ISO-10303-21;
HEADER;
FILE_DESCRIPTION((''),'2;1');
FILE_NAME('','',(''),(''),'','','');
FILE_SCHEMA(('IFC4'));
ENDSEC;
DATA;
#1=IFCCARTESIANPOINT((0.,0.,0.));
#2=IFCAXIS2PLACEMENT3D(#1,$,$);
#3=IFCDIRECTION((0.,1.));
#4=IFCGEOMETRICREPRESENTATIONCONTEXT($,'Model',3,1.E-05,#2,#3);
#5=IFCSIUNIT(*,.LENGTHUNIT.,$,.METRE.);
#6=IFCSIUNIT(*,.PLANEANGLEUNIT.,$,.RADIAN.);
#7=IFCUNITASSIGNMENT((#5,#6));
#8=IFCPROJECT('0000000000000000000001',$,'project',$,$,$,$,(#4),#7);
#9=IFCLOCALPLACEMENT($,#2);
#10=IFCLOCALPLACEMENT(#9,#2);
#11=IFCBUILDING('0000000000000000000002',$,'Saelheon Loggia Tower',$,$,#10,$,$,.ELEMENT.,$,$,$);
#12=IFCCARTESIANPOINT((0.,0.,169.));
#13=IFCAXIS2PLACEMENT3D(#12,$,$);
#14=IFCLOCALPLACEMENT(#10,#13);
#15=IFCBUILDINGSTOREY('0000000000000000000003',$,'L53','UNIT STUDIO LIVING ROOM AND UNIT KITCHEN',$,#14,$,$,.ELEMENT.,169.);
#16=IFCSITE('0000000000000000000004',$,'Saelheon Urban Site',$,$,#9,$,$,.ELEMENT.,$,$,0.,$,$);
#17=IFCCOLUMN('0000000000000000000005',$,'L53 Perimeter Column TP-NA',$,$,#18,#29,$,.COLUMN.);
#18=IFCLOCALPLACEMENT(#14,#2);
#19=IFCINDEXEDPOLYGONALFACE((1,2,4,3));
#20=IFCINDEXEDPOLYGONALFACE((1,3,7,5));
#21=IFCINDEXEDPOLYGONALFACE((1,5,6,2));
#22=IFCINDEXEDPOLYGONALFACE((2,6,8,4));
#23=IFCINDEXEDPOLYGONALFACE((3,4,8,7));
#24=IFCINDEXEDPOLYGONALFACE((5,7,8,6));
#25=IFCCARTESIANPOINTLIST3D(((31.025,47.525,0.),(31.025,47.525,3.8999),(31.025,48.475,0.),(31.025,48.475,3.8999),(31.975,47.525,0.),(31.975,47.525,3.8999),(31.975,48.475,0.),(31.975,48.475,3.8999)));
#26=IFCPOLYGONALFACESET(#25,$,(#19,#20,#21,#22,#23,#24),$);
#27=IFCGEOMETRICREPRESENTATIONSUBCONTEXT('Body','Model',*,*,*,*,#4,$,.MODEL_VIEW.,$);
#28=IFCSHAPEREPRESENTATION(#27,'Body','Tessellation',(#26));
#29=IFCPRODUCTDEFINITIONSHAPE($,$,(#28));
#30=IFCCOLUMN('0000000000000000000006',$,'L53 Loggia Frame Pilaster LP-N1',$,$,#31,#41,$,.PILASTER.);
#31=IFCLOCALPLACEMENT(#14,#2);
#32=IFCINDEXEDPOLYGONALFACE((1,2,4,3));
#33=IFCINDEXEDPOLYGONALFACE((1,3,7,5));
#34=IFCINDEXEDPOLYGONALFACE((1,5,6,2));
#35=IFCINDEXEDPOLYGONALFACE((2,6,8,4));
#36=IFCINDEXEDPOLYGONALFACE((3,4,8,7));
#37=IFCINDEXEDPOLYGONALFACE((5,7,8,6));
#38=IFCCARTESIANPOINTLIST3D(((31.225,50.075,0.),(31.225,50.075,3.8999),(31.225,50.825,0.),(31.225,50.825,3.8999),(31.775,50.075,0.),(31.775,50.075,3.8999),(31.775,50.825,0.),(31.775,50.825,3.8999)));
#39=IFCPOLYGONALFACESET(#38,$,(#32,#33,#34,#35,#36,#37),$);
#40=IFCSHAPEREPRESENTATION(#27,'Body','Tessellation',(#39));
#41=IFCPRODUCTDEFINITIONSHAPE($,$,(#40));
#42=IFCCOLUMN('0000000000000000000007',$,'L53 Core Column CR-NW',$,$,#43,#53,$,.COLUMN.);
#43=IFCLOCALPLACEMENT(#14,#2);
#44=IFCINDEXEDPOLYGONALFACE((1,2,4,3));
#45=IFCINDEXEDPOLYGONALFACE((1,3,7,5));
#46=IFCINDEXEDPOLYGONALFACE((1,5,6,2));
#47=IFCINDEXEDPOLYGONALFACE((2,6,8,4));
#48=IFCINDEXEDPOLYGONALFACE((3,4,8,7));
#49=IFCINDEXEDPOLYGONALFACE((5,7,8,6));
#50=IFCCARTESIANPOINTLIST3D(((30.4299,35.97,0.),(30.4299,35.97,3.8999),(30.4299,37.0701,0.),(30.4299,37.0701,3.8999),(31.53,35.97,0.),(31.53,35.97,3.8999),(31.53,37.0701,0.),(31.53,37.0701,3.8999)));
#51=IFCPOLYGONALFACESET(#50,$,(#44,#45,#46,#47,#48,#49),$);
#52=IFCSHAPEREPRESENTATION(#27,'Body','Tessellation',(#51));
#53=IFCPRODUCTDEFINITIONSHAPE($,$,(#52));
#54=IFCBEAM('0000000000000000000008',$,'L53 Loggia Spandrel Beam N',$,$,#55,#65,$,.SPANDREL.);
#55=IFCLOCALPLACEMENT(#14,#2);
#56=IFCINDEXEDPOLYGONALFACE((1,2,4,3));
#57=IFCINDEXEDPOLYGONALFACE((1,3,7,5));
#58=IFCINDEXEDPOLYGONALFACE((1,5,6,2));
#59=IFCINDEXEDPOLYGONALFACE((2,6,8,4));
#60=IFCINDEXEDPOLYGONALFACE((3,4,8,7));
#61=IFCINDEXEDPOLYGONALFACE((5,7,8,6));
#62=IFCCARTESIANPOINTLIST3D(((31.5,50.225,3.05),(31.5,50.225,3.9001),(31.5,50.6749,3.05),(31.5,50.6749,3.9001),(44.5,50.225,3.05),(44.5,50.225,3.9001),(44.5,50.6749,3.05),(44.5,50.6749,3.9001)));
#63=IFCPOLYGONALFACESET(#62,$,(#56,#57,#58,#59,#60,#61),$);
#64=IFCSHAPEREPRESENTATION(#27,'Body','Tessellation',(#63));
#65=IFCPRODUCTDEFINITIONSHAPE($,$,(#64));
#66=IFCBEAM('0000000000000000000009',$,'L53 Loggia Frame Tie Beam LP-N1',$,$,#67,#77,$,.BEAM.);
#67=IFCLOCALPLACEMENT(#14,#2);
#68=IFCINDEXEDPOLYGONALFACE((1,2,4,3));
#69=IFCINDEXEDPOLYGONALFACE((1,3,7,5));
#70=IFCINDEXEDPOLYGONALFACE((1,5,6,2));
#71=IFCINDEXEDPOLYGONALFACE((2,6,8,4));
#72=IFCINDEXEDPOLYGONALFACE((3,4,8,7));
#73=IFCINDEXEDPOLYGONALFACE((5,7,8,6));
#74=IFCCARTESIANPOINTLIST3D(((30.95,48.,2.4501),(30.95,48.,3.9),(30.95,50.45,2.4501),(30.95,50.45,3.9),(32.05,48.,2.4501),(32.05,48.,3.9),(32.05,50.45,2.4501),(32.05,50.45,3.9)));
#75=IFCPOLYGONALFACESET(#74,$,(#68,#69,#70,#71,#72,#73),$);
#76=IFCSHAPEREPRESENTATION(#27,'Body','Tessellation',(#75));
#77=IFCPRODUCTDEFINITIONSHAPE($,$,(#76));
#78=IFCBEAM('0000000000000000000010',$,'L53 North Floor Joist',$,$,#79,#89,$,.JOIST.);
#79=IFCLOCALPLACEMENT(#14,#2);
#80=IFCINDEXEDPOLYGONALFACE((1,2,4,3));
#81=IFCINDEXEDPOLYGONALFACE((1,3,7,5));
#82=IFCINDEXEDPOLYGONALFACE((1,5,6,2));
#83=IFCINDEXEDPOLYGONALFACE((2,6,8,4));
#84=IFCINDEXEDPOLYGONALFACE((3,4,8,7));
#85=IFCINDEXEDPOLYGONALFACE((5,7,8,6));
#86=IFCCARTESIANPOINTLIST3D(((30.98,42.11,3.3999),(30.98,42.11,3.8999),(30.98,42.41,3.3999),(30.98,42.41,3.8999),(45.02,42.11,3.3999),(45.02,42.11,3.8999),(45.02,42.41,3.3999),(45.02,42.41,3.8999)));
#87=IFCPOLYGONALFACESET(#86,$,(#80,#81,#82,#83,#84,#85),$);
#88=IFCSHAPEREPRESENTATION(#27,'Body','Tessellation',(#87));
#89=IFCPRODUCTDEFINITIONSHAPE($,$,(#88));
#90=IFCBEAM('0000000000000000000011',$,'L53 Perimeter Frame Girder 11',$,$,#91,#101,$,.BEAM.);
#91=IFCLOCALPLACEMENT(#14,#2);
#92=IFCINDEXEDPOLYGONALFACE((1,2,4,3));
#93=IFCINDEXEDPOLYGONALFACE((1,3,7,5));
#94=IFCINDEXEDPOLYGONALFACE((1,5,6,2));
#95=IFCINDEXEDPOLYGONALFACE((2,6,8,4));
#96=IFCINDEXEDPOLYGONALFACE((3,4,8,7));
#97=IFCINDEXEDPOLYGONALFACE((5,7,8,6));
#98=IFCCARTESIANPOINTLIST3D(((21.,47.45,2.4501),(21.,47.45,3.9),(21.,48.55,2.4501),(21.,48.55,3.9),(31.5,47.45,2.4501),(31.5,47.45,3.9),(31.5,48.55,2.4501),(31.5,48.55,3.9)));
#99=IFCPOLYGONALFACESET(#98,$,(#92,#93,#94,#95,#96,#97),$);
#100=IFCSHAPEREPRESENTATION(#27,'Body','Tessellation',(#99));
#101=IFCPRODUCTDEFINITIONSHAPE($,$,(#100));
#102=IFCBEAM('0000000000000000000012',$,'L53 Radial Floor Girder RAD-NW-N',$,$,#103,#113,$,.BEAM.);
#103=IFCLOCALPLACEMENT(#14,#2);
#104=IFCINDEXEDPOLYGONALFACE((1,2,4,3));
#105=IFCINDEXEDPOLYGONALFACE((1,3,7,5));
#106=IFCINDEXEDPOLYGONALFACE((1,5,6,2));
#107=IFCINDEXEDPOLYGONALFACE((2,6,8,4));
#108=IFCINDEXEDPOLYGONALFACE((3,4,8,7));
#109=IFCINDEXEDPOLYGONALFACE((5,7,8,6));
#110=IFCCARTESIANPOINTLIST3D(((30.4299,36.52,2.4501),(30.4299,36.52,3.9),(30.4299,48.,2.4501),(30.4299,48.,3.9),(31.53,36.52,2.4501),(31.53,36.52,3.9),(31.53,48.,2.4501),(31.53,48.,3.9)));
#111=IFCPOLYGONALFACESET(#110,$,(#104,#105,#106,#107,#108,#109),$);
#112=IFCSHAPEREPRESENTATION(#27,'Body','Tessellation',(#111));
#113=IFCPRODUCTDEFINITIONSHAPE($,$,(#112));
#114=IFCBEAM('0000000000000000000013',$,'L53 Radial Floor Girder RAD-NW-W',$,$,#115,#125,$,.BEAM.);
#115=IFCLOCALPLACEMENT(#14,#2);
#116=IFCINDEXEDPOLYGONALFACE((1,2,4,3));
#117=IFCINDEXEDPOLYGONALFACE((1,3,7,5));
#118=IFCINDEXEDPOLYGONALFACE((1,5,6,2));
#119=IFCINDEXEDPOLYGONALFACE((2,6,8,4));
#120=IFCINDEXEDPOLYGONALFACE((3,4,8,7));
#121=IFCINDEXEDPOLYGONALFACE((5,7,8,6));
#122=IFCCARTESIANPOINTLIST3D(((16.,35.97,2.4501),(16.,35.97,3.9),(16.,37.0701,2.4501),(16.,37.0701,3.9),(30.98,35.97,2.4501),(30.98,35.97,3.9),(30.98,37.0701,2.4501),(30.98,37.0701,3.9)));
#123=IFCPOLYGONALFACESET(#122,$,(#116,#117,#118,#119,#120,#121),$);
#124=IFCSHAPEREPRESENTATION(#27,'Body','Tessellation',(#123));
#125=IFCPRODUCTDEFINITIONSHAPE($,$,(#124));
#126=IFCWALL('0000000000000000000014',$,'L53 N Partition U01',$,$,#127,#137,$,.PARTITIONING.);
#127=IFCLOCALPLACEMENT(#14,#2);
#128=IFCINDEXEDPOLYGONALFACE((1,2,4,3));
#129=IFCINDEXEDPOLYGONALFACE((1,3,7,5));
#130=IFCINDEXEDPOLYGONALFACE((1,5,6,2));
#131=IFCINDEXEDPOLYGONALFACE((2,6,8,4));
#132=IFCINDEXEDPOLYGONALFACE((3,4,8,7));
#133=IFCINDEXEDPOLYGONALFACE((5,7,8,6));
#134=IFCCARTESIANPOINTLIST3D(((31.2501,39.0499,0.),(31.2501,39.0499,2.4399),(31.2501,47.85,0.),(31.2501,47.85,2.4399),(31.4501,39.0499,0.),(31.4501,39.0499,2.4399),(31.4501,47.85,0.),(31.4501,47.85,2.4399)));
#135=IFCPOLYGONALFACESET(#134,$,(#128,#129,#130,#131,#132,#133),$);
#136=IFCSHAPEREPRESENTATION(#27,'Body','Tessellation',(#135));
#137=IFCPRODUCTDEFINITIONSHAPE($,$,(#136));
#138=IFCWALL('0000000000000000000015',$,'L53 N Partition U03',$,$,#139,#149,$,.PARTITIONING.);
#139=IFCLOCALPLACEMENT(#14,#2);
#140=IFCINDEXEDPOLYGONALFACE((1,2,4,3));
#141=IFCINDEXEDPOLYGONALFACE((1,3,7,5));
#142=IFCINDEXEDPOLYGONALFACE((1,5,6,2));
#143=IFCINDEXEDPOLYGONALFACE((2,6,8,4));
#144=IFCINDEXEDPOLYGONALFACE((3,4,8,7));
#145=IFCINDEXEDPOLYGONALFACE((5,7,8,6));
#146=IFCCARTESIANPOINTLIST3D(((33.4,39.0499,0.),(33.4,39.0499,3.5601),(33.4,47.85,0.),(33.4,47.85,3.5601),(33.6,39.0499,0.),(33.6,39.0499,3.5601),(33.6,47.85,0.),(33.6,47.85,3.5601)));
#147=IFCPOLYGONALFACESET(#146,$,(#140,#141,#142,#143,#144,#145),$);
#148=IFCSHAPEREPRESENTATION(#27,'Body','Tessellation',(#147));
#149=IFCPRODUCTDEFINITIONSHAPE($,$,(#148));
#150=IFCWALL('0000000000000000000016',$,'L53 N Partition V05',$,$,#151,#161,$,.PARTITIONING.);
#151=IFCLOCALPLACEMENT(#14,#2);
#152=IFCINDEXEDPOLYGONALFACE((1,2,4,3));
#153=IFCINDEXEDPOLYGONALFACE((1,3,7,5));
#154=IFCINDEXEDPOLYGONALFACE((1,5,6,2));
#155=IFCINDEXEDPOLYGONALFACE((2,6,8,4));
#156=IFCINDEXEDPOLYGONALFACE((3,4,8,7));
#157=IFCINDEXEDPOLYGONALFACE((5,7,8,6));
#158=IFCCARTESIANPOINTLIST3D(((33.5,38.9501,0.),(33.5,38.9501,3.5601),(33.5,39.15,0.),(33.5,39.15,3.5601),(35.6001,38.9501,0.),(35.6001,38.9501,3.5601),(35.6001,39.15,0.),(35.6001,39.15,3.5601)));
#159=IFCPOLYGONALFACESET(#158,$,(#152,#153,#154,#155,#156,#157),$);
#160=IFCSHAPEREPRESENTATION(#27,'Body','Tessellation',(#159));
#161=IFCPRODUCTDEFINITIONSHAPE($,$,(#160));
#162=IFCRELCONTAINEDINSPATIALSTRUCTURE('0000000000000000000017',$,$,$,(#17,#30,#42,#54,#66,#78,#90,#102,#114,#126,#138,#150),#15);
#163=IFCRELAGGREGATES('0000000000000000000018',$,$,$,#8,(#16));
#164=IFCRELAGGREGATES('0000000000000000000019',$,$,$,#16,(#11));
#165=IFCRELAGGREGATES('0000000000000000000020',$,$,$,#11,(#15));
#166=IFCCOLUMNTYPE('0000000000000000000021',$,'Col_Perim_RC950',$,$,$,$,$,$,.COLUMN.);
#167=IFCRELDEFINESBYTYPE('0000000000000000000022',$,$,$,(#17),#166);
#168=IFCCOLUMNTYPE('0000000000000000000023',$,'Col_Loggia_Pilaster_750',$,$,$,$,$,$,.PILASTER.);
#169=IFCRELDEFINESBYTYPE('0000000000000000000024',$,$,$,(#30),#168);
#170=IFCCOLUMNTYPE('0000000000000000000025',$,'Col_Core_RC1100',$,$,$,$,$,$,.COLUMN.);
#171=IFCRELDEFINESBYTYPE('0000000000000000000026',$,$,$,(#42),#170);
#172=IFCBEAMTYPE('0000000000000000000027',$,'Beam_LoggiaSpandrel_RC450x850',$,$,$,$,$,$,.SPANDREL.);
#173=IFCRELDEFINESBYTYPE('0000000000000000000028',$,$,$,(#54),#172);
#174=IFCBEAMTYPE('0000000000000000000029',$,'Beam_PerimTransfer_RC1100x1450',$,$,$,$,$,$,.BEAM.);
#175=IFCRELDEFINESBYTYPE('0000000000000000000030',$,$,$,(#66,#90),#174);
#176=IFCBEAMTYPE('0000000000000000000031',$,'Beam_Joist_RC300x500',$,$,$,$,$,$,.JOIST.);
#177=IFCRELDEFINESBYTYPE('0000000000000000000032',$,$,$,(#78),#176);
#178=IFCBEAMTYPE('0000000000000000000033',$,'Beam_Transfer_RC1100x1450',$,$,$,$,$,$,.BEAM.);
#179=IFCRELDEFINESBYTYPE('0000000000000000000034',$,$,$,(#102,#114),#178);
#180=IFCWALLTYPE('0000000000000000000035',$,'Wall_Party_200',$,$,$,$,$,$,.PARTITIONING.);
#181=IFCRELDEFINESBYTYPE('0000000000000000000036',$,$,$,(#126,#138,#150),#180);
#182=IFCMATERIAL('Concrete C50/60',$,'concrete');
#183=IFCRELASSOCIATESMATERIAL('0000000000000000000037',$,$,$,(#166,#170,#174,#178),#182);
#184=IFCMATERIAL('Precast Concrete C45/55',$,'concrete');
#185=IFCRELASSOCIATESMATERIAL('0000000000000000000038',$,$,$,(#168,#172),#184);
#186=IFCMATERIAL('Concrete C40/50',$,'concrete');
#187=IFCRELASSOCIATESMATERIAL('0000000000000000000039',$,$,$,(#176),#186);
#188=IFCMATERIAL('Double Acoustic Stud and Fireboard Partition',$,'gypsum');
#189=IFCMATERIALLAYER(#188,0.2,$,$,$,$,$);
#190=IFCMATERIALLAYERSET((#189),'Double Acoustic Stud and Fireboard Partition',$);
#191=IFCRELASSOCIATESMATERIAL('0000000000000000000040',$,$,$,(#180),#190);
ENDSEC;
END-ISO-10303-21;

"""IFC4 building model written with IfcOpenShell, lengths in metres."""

from ifc_helpers import new_model, si_unit, direction, frame, frame_2d, origin, origin_2d, place, context, subcontext, project, spatial, rectangle, extrude, source, transform, mapped, material, layer, layer_set, material_profile, profile_set, type_object, element, save


model = new_model("IFC4")

# Units and contexts
model_context = context("Model", 3, precision=1e-05, world=origin(), true_north=direction((0.0, 1.0)))
body_context = subcontext(model_context, "Body", "Model", "MODEL_VIEW")
ifc_project = project(units=[si_unit("LENGTHUNIT", "METRE"), si_unit("PLANEANGLEUNIT", "RADIAN")], contexts=[model_context])

# Site, building, storey
site_placement = place(None, origin())
site = spatial("IfcSite", under=ifc_project, at=site_placement, Name="Saelheon Urban Site", CompositionType="ELEMENT", RefElevation=0.0)
building_placement = place(site_placement, origin())
building = spatial("IfcBuilding", under=site, at=building_placement, Name="Saelheon Loggia Tower", CompositionType="ELEMENT")
storey_placement = place(building_placement, frame((0.0, 0.0, 169.0)))
storey = spatial("IfcBuildingStorey", under=building, at=storey_placement, Name="L53", Description="UNIT STUDIO LIVING ROOM AND UNIT KITCHEN", CompositionType="ELEMENT", Elevation=169.0)

# Columns
ifc_material_1 = material(Name="Concrete C50/60", Category="concrete")
ifc_material_profile_1 = material_profile(ifc_material_1, rectangle(XDim=0.95, YDim=0.95, at=origin_2d()), Name="RC-950x950")
ifc_profile_set_1 = profile_set([ifc_material_profile_1], Name="Concrete C50/60")
column_type_1 = type_object("IfcColumnType", Name="Col_Perim_RC950", PredefinedType="COLUMN", material=ifc_profile_set_1)
shared_shape_1 = source(origin(), body_context, "Body", "SweptSolid", [
    extrude(rectangle(XDim=0.95, YDim=0.95, at=origin_2d()), origin(), (0.0, 0.0, 1.0), 3.8999),
])
column_1_placement = place(storey_placement, frame((31.5, 48.0, 0.0), z_axis=(0.0, 0.0, 1.0), x_axis=(1.0, 0.0, 0.0)))
element("IfcColumn", 1, at=column_1_placement, inside=storey, type_object=column_type_1, Name="L53 Perimeter Column TP-NA", PredefinedType="COLUMN", context=body_context, shape_type="MappedRepresentation", body=[
    mapped(shared_shape_1, transform((0.0, 0.0, 0.0), scale=1.0)),
])
ifc_material_2 = material(Name="Precast Concrete C45/55", Category="concrete")
ifc_material_profile_2 = material_profile(ifc_material_2, rectangle(XDim=0.55, YDim=0.75, at=origin_2d()), Name="RC-550x750")
ifc_profile_set_2 = profile_set([ifc_material_profile_2], Name="Precast Concrete C45/55")
column_type_2 = type_object("IfcColumnType", Name="Col_Loggia_Pilaster_750", PredefinedType="PILASTER", material=ifc_profile_set_2)
shared_shape_2 = source(origin(), body_context, "Body", "SweptSolid", [
    extrude(rectangle(XDim=0.55, YDim=0.75, at=origin_2d()), origin(), (0.0, 0.0, 1.0), 3.8999),
])
column_2_placement = place(storey_placement, frame((31.5, 50.45, 0.0), z_axis=(0.0, 0.0, 1.0), x_axis=(1.0, 0.0, 0.0)))
element("IfcColumn", 2, at=column_2_placement, inside=storey, type_object=column_type_2, Name="L53 Loggia Frame Pilaster LP-N1", PredefinedType="PILASTER", context=body_context, shape_type="MappedRepresentation", body=[
    mapped(shared_shape_2, transform((0.0, 0.0, 0.0), scale=1.0)),
])
ifc_material_profile_3 = material_profile(ifc_material_1, rectangle(XDim=1.1001, YDim=1.1001, at=origin_2d()), Name="RC-1100x1100")
ifc_profile_set_3 = profile_set([ifc_material_profile_3], Name="Concrete C50/60")
column_type_3 = type_object("IfcColumnType", Name="Col_Core_RC1100", PredefinedType="COLUMN", material=ifc_profile_set_3)
shared_shape_3 = source(origin(), body_context, "Body", "SweptSolid", [
    extrude(rectangle(XDim=1.1001, YDim=1.1001, at=origin_2d()), origin(), (0.0, 0.0, 1.0), 3.8999),
])
column_3_placement = place(storey_placement, frame((30.98, 36.52, 0.0), z_axis=(0.0, 0.0, 1.0), x_axis=(1.0, 0.0, 0.0)))
element("IfcColumn", 3, at=column_3_placement, inside=storey, type_object=column_type_3, Name="L53 Core Column CR-NW", PredefinedType="COLUMN", context=body_context, shape_type="MappedRepresentation", body=[
    mapped(shared_shape_3, transform((0.0, 0.0, 0.0), scale=1.0)),
])

# Beams
ifc_material_profile_4 = material_profile(ifc_material_2, rectangle(XDim=0.45, YDim=0.8501, at=origin_2d()), Name="RC-450x850")
ifc_profile_set_4 = profile_set([ifc_material_profile_4], Name="Precast Concrete C45/55")
beam_type_1 = type_object("IfcBeamType", Name="Beam_LoggiaSpandrel_RC450x850", PredefinedType="SPANDREL", material=ifc_profile_set_4)
shared_shape_4 = source(origin(), body_context, "Body", "SweptSolid", [
    extrude(rectangle(XDim=0.45, YDim=0.8501, at=origin_2d()), origin(), (0.0, 0.0, 1.0), 13.0),
])
beam_1_placement = place(storey_placement, frame((31.5, 50.45, 3.4751), z_axis=(1.0, 0.0, 0.0), x_axis=(0.0, 1.0, 0.0)))
element("IfcBeam", 4, at=beam_1_placement, inside=storey, type_object=beam_type_1, Name="L53 Loggia Spandrel Beam N", PredefinedType="SPANDREL", context=body_context, shape_type="MappedRepresentation", body=[
    mapped(shared_shape_4, transform((0.0, 0.0, 0.0), scale=1.0)),
])
ifc_material_profile_5 = material_profile(ifc_material_1, rectangle(XDim=1.1001, YDim=1.45, at=origin_2d()), Name="RC-1100x1450")
ifc_profile_set_5 = profile_set([ifc_material_profile_5], Name="Concrete C50/60")
beam_type_2 = type_object("IfcBeamType", Name="Beam_PerimTransfer_RC1100x1450", PredefinedType="BEAM", material=ifc_profile_set_5)
shared_shape_5 = source(origin(), body_context, "Body", "SweptSolid", [
    extrude(rectangle(XDim=1.1001, YDim=1.45, at=origin_2d()), origin(), (0.0, 0.0, 1.0), 2.45),
])
beam_2_placement = place(storey_placement, frame((31.5, 48.0, 3.175), z_axis=(0.0, 1.0, 0.0), x_axis=(-1.0, 0.0, 0.0)))
element("IfcBeam", 5, at=beam_2_placement, inside=storey, type_object=beam_type_2, Name="L53 Loggia Frame Tie Beam LP-N1", PredefinedType="BEAM", context=body_context, shape_type="MappedRepresentation", body=[
    mapped(shared_shape_5, transform((0.0, 0.0, 0.0), scale=1.0)),
])
ifc_material_3 = material(Name="Concrete C40/50", Category="concrete")
ifc_material_profile_6 = material_profile(ifc_material_3, rectangle(XDim=0.3, YDim=0.5, at=origin_2d()), Name="RC-300x500")
ifc_profile_set_6 = profile_set([ifc_material_profile_6], Name="Concrete C40/50")
beam_type_3 = type_object("IfcBeamType", Name="Beam_Joist_RC300x500", PredefinedType="JOIST", material=ifc_profile_set_6)
shared_shape_6 = source(origin(), body_context, "Body", "SweptSolid", [
    extrude(rectangle(XDim=0.3, YDim=0.5, at=origin_2d()), origin(), (0.0, 0.0, 1.0), 14.04),
])
beam_3_placement = place(storey_placement, frame((30.98, 42.26, 3.6499), z_axis=(1.0, 0.0, 0.0), x_axis=(0.0, 1.0, 0.0)))
element("IfcBeam", 6, at=beam_3_placement, inside=storey, type_object=beam_type_3, Name="L53 North Floor Joist", PredefinedType="JOIST", context=body_context, shape_type="MappedRepresentation", body=[
    mapped(shared_shape_6, transform((0.0, 0.0, 0.0), scale=1.0)),
])
shared_shape_7 = source(origin(), body_context, "Body", "SweptSolid", [
    extrude(rectangle(XDim=1.1001, YDim=1.45, at=origin_2d()), origin(), (0.0, 0.0, 1.0), 10.5),
])
beam_4_placement = place(storey_placement, frame((31.5, 48.0, 3.175), z_axis=(-1.0, 0.0, 0.0), x_axis=(0.0, -1.0, 0.0)))
element("IfcBeam", 7, at=beam_4_placement, inside=storey, type_object=beam_type_2, Name="L53 Perimeter Frame Girder 11", PredefinedType="BEAM", context=body_context, shape_type="MappedRepresentation", body=[
    mapped(shared_shape_7, transform((0.0, 0.0, 0.0), scale=1.0)),
])
ifc_material_profile_7 = material_profile(ifc_material_1, rectangle(XDim=1.1001, YDim=1.45, at=origin_2d()), Name="RC-1100x1450")
ifc_profile_set_7 = profile_set([ifc_material_profile_7], Name="Concrete C50/60")
beam_type_4 = type_object("IfcBeamType", Name="Beam_Transfer_RC1100x1450", PredefinedType="BEAM", material=ifc_profile_set_7)
shared_shape_8 = source(origin(), body_context, "Body", "SweptSolid", [
    extrude(rectangle(XDim=1.1001, YDim=1.45, at=origin_2d()), origin(), (0.0, 0.0, 1.0), 11.48),
])
beam_5_placement = place(storey_placement, frame((30.98, 36.52, 3.175), z_axis=(0.0, 1.0, 0.0), x_axis=(-1.0, 0.0, 0.0)))
element("IfcBeam", 8, at=beam_5_placement, inside=storey, type_object=beam_type_4, Name="L53 Radial Floor Girder RAD-NW-N", PredefinedType="BEAM", context=body_context, shape_type="MappedRepresentation", body=[
    mapped(shared_shape_8, transform((0.0, 0.0, 0.0), scale=1.0)),
])
shared_shape_9 = source(origin(), body_context, "Body", "SweptSolid", [
    extrude(rectangle(XDim=1.1001, YDim=1.45, at=origin_2d()), origin(), (0.0, 0.0, 1.0), 14.98),
])
beam_6_placement = place(storey_placement, frame((30.98, 36.52, 3.175), z_axis=(-1.0, 0.0, 0.0), x_axis=(0.0, -1.0, 0.0)))
element("IfcBeam", 9, at=beam_6_placement, inside=storey, type_object=beam_type_4, Name="L53 Radial Floor Girder RAD-NW-W", PredefinedType="BEAM", context=body_context, shape_type="MappedRepresentation", body=[
    mapped(shared_shape_9, transform((0.0, 0.0, 0.0), scale=1.0)),
])

# Walls
ifc_material_4 = material(Name="Double Acoustic Stud and Fireboard Partition", Category="gypsum")
ifc_layer_1 = layer(ifc_material_4, 0.2)
ifc_layer_set_1 = layer_set([ifc_layer_1], Name="Double Acoustic Stud and Fireboard Partition")
wall_type_1 = type_object("IfcWallType", Name="Wall_Party_200", PredefinedType="PARTITIONING", material=ifc_layer_set_1)
wall_1_placement = place(storey_placement, frame((31.3501, 39.05, 0.0), z_axis=(0.0, 0.0, 1.0), x_axis=(0.0, 1.0, 0.0)))
element("IfcWall", 10, at=wall_1_placement, inside=storey, type_object=wall_type_1, Name="L53 N Partition U01", PredefinedType="PARTITIONING", context=body_context, shape_type="SweptSolid", body=[
    extrude(rectangle(XDim=8.8, YDim=0.2, at=frame_2d((4.3999, 0.0))), origin(), (0.0, 0.0, 1.0), 2.4399),
])
wall_2_placement = place(storey_placement, frame((33.5, 39.05, 0.0), z_axis=(0.0, 0.0, 1.0), x_axis=(0.0, 1.0, 0.0)))
element("IfcWall", 11, at=wall_2_placement, inside=storey, type_object=wall_type_1, Name="L53 N Partition U03", PredefinedType="PARTITIONING", context=body_context, shape_type="SweptSolid", body=[
    extrude(rectangle(XDim=8.8, YDim=0.2, at=frame_2d((4.3999, 0.0))), origin(), (0.0, 0.0, 1.0), 3.5601),
])
wall_3_placement = place(storey_placement, frame((33.5, 39.05, 0.0), z_axis=(0.0, 0.0, 1.0), x_axis=(1.0, 0.0, 0.0)))
element("IfcWall", 12, at=wall_3_placement, inside=storey, type_object=wall_type_1, Name="L53 N Partition V05", PredefinedType="PARTITIONING", context=body_context, shape_type="SweptSolid", body=[
    extrude(rectangle(XDim=2.1001, YDim=0.2, at=frame_2d((1.05, 0.0))), origin(), (0.0, 0.0, 1.0), 3.5601),
])

save(model, "model.ifc")
